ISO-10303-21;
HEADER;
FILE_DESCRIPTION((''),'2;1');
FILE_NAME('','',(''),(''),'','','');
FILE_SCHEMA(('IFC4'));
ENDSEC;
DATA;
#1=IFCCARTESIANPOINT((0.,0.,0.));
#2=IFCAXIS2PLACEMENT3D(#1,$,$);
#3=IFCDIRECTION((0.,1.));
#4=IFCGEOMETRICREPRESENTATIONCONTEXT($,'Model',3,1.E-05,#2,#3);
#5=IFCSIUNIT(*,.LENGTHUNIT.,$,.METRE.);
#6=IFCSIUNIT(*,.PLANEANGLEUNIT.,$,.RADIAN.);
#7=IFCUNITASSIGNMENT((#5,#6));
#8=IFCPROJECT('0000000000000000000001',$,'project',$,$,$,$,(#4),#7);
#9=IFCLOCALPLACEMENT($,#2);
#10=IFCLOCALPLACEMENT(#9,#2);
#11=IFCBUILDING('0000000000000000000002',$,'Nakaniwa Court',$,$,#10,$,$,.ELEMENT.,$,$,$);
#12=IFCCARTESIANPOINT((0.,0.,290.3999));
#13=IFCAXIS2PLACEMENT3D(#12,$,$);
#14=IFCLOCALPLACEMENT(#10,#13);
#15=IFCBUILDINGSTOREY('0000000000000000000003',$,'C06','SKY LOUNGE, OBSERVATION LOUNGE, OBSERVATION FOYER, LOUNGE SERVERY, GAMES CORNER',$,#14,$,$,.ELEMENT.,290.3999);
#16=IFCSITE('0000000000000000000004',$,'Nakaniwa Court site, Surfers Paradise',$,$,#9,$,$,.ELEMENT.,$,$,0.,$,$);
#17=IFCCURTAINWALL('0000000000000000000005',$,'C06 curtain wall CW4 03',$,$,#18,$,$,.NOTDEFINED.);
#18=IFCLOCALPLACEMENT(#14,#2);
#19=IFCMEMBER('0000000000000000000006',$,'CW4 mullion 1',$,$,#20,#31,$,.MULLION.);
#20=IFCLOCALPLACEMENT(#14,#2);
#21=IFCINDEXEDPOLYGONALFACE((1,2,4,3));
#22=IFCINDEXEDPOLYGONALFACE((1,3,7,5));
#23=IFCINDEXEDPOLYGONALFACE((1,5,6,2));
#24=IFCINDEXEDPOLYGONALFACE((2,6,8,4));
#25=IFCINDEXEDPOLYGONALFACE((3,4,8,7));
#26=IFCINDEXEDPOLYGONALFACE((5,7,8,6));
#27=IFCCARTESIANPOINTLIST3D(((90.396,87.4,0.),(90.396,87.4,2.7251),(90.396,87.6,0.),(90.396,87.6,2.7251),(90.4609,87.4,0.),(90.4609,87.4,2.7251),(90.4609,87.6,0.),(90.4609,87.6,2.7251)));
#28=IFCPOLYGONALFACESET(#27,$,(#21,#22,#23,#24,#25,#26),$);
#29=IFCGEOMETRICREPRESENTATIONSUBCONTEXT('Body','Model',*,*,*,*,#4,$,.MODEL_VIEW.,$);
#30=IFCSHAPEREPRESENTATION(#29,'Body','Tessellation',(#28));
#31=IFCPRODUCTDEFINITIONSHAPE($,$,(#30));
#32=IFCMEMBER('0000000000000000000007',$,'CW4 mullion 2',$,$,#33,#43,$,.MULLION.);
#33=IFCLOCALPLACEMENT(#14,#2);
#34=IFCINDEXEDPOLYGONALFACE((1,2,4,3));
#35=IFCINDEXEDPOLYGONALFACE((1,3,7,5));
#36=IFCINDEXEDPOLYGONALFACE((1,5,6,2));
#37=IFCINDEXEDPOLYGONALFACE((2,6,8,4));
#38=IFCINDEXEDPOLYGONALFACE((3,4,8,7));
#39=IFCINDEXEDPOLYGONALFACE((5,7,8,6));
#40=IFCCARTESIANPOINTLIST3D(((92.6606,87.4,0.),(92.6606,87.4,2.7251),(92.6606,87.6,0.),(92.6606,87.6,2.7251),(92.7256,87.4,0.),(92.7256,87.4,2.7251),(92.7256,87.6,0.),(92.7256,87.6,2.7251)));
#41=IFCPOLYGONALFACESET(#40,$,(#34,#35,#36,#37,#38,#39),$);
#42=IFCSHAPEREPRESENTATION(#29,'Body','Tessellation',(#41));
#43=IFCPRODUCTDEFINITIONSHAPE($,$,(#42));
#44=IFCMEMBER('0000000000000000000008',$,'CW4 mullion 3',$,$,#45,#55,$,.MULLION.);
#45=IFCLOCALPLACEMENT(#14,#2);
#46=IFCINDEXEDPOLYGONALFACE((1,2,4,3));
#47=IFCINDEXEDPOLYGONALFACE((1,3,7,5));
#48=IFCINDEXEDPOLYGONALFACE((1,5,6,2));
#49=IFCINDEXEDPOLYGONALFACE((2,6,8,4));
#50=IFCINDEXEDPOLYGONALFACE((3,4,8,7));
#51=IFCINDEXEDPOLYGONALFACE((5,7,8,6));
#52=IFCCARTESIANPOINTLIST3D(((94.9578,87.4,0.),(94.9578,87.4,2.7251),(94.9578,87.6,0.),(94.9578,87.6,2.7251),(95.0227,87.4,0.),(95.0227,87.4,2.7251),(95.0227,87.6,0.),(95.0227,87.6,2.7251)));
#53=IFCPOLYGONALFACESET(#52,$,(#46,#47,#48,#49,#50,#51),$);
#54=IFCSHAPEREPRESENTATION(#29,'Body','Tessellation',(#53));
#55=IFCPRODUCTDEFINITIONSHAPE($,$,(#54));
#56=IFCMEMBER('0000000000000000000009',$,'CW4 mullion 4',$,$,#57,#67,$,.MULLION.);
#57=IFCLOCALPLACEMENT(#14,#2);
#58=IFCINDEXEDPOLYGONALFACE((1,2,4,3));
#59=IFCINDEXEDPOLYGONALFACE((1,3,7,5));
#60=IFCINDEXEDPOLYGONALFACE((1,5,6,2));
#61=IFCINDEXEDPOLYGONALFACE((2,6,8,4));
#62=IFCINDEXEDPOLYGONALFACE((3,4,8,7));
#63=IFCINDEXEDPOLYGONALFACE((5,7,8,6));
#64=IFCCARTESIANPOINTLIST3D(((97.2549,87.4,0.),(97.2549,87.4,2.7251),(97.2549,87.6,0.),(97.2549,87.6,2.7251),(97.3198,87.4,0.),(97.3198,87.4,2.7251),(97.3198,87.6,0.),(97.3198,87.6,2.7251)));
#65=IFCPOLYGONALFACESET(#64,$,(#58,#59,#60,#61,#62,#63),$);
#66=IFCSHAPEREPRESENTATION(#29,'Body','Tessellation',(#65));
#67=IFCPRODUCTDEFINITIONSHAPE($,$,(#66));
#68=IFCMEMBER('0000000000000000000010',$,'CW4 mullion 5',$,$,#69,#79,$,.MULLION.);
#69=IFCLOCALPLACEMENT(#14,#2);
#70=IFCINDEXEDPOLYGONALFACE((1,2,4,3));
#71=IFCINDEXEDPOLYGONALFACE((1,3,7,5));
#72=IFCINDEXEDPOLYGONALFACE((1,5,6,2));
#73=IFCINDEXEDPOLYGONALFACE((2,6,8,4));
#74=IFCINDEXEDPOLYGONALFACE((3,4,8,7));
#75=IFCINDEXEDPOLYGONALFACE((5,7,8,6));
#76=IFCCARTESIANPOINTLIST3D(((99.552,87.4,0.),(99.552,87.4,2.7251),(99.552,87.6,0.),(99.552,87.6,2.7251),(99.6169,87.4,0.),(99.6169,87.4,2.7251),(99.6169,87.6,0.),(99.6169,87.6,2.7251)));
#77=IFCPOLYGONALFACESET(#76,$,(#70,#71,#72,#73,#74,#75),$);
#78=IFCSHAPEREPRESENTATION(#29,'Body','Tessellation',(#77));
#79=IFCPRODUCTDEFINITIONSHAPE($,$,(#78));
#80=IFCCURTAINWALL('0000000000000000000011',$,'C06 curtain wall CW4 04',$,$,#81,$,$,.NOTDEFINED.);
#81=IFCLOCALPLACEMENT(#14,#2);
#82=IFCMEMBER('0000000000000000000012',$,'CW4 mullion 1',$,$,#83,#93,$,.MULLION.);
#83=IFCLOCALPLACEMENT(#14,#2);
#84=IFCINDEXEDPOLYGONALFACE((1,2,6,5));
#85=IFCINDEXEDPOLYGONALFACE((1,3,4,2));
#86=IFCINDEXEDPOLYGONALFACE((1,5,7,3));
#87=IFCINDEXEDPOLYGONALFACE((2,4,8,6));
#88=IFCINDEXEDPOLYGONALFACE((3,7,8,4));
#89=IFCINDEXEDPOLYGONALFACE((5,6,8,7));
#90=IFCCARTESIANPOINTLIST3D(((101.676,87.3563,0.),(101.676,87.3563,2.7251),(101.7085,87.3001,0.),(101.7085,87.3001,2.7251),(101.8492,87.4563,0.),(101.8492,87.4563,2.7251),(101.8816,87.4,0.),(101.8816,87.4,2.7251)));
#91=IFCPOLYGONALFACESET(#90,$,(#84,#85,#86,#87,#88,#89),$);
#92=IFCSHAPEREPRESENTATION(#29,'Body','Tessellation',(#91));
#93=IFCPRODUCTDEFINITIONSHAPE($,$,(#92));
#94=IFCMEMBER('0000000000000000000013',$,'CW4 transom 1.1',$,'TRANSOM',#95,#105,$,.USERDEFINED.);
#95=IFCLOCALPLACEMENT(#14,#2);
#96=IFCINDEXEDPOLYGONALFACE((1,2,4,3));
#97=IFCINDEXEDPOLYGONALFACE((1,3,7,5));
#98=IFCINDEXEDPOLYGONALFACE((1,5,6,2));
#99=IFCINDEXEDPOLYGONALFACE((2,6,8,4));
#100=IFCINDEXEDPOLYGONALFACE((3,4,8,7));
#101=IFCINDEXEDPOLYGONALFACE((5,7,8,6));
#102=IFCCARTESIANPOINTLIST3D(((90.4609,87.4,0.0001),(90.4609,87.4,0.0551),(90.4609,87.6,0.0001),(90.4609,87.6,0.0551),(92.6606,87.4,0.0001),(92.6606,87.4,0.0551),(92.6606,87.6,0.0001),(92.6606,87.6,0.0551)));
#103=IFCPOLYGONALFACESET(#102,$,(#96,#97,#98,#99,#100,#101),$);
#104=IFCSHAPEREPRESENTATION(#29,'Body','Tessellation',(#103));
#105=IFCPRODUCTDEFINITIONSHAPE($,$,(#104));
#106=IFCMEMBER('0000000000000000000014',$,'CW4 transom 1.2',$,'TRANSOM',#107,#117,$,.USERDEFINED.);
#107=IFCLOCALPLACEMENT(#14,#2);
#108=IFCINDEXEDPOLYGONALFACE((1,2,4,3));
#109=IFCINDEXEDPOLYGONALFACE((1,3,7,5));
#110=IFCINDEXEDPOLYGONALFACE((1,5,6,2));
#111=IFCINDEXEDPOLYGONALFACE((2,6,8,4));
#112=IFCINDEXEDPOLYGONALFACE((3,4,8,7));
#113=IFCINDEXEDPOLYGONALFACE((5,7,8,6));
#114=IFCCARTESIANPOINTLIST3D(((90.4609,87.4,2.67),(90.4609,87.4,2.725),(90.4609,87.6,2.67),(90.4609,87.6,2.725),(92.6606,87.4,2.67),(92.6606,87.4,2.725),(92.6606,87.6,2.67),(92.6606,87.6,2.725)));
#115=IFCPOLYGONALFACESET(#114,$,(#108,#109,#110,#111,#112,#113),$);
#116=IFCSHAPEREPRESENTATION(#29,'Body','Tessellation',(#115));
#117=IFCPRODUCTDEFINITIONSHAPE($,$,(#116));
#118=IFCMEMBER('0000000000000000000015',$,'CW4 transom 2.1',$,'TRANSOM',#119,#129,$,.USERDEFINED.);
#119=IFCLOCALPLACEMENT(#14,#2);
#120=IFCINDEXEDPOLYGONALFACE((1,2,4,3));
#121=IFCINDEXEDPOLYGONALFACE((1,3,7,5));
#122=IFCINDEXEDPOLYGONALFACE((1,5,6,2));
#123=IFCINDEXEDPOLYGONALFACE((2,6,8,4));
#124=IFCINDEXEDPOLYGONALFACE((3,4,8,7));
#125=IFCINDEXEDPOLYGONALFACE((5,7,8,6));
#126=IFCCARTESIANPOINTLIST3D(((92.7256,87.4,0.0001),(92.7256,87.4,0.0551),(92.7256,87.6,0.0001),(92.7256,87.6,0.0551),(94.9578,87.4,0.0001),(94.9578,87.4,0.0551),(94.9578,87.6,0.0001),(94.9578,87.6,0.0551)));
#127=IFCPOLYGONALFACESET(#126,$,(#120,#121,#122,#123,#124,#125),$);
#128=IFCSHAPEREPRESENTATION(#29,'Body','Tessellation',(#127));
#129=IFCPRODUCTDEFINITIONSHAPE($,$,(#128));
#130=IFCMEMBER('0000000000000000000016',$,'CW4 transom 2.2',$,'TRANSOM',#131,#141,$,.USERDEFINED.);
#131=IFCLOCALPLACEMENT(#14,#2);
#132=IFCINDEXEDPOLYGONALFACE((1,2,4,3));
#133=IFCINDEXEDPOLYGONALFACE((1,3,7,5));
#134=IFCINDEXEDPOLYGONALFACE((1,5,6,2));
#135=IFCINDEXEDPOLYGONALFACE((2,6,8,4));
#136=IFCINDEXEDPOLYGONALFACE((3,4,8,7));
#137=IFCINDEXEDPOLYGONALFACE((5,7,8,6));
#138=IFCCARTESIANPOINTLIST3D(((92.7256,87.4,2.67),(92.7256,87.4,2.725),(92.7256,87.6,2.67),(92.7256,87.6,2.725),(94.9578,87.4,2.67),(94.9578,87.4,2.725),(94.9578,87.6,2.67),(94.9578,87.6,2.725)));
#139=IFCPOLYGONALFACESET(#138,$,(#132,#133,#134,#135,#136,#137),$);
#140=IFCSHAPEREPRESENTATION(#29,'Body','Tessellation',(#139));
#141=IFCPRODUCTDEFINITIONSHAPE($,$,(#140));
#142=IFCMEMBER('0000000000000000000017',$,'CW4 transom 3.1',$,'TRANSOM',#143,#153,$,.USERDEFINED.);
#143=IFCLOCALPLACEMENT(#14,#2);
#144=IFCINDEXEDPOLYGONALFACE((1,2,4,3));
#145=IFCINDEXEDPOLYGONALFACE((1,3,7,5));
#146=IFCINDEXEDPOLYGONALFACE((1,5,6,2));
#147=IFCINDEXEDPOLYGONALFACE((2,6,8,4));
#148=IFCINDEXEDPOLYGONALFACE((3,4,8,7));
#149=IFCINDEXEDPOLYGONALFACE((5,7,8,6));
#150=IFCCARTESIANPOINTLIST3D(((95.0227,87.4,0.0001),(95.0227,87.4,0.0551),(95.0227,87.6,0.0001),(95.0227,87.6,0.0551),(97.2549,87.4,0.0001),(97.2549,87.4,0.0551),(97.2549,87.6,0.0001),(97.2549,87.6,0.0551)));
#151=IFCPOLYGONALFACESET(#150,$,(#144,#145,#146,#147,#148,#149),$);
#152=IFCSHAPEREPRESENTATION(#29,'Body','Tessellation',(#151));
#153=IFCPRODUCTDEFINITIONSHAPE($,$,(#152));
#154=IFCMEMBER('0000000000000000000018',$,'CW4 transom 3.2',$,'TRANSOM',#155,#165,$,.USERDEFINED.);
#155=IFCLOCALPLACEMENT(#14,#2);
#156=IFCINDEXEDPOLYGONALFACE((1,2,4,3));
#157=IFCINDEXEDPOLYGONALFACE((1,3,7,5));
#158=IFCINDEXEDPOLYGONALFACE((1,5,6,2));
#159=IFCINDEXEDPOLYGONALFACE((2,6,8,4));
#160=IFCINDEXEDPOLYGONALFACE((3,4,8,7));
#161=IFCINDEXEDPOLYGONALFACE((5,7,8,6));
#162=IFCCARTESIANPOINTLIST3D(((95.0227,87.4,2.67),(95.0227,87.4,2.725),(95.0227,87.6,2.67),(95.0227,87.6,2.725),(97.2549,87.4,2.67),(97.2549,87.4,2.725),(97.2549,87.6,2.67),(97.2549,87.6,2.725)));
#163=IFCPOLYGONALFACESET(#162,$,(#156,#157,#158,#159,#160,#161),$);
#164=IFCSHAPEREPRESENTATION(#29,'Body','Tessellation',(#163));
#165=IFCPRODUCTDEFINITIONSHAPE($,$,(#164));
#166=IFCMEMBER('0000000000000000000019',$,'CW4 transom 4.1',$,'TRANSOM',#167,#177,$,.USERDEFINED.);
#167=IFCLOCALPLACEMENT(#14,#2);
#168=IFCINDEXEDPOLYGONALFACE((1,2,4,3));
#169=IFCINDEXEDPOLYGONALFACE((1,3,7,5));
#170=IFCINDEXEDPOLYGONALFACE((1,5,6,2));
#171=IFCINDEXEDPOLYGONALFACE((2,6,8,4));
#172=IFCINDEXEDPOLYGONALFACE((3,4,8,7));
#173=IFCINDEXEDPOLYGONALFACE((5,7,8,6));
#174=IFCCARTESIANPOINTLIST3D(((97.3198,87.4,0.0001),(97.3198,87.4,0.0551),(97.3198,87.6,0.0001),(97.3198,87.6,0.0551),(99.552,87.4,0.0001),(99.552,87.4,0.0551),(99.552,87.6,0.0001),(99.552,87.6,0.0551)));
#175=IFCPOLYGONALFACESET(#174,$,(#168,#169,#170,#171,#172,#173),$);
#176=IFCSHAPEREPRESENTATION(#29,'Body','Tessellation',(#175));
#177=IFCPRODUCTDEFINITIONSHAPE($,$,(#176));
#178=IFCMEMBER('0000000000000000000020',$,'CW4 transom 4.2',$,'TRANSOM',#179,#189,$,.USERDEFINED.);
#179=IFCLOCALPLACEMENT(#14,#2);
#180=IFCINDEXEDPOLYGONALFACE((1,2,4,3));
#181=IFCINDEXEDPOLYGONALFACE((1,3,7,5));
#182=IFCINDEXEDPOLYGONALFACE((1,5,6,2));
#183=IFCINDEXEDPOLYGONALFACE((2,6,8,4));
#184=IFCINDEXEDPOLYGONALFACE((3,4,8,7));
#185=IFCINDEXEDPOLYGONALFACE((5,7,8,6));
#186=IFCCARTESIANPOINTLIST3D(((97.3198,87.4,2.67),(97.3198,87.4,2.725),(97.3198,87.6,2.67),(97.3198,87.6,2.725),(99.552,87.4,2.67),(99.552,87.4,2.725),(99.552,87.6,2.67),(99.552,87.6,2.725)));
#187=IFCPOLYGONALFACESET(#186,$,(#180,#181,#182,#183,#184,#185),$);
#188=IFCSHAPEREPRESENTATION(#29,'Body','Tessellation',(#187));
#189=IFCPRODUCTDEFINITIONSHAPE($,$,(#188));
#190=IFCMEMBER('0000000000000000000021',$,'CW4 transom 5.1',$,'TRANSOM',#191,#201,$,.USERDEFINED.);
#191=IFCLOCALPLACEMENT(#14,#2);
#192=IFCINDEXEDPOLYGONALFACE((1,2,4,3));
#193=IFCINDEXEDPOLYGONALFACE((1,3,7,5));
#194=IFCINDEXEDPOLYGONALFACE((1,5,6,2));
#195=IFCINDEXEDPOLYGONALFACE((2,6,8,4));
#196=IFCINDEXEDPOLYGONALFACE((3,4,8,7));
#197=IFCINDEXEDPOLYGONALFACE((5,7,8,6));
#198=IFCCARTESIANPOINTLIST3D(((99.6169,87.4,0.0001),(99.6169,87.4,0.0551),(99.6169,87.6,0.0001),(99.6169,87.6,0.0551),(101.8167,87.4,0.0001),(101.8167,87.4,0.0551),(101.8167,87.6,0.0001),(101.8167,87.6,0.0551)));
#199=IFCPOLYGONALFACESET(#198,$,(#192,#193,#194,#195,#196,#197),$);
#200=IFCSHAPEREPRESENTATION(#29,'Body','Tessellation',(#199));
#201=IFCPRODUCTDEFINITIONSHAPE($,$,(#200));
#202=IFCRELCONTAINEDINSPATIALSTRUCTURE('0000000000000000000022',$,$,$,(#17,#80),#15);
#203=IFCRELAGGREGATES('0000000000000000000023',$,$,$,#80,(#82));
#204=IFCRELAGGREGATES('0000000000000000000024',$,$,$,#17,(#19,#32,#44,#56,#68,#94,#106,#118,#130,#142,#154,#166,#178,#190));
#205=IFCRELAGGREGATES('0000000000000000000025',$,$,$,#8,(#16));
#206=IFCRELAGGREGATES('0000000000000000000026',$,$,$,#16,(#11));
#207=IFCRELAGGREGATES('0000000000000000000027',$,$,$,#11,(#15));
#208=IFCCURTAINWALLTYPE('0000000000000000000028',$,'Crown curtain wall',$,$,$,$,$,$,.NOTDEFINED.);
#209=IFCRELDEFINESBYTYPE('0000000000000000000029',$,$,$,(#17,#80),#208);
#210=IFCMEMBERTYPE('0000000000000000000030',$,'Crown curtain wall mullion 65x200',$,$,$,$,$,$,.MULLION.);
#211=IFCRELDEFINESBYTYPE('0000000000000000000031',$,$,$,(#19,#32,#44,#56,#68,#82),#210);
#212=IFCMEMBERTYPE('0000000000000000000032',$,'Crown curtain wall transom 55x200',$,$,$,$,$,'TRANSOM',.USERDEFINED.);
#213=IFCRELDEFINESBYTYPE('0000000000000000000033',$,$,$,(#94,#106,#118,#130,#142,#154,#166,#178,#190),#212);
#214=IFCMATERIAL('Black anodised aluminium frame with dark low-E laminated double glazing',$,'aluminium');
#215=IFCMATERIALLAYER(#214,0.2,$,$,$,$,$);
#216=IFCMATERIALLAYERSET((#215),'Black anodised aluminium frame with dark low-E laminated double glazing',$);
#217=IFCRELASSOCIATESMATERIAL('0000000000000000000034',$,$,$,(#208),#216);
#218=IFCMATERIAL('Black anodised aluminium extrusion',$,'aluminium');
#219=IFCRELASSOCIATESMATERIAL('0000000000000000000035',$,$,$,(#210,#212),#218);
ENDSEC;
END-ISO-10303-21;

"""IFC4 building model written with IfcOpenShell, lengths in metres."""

from ifc_helpers import new_model, si_unit, direction, frame, origin, origin_2d, place, context, subcontext, project, spatial, rectangle, extrude, material, layer, layer_set, material_profile, profile_set, type_object, element, aggregate, save


model = new_model("IFC4")

# Units and contexts
model_context = context("Model", 3, precision=1e-05, world=origin(), true_north=direction((0.0, 1.0)))
body_context = subcontext(model_context, "Body", "Model", "MODEL_VIEW")
ifc_project = project(units=[si_unit("LENGTHUNIT", "METRE"), si_unit("PLANEANGLEUNIT", "RADIAN")], contexts=[model_context])

# Site, building, storey
site_placement = place(None, origin())
site = spatial("IfcSite", under=ifc_project, at=site_placement, Name="Nakaniwa Court site, Surfers Paradise", CompositionType="ELEMENT", RefElevation=0.0)
building_placement = place(site_placement, origin())
building = spatial("IfcBuilding", under=site, at=building_placement, Name="Nakaniwa Court", CompositionType="ELEMENT")
storey_placement = place(building_placement, frame((0.0, 0.0, 290.3999)))
storey = spatial("IfcBuildingStorey", under=building, at=storey_placement, Name="C06", Description="SKY LOUNGE, OBSERVATION LOUNGE, OBSERVATION FOYER, LOUNGE SERVERY, GAMES CORNER", CompositionType="ELEMENT", Elevation=290.3999)

# Curtain wall, members
ifc_material_1 = material(Name="Black anodised aluminium frame with dark low-E laminated double glazing", Category="aluminium")
ifc_layer_1 = layer(ifc_material_1, 0.2)
ifc_layer_set_1 = layer_set([ifc_layer_1], Name="Black anodised aluminium frame with dark low-E laminated double glazing")
curtain_wall_type = type_object("IfcCurtainWallType", Name="Crown curtain wall", PredefinedType="NOTDEFINED", material=ifc_layer_set_1)
curtain_wall_1_placement = place(storey_placement, origin())
curtain_wall_1 = element("IfcCurtainWall", 1, at=curtain_wall_1_placement, inside=storey, type_object=curtain_wall_type, Name="C06 curtain wall CW4 03", PredefinedType="NOTDEFINED")
ifc_material_2 = material(Name="Black anodised aluminium extrusion", Category="aluminium")
ifc_material_profile_1 = material_profile(ifc_material_2, rectangle(XDim=0.2, YDim=0.0649, at=origin_2d()), Name="Crown curtain wall mullion 65x200")
ifc_profile_set_1 = profile_set([ifc_material_profile_1], Name="Black anodised aluminium extrusion")
member_type_1 = type_object("IfcMemberType", Name="Crown curtain wall mullion 65x200", PredefinedType="MULLION", material=ifc_profile_set_1)
member_1_placement = place(storey_placement, frame((90.4285, 87.5, 0.0), z_axis=(0.0, 0.0, 1.0), x_axis=(0.0, 1.0, 0.0)))
member_1 = element("IfcMember", 2, at=member_1_placement, type_object=member_type_1, Name="CW4 mullion 1", PredefinedType="MULLION", context=body_context, shape_type="SweptSolid", body=[
    extrude(rectangle(XDim=0.2, YDim=0.0649, at=origin_2d()), origin(), (0.0, 0.0, 1.0), 2.7251),
])
member_2_placement = place(storey_placement, frame((92.6931, 87.5, 0.0), z_axis=(0.0, 0.0, 1.0), x_axis=(0.0, 1.0, 0.0)))
member_2 = element("IfcMember", 3, at=member_2_placement, type_object=member_type_1, Name="CW4 mullion 2", PredefinedType="MULLION", context=body_context, shape_type="SweptSolid", body=[
    extrude(rectangle(XDim=0.2, YDim=0.0649, at=origin_2d()), origin(), (0.0, 0.0, 1.0), 2.7251),
])
member_3_placement = place(storey_placement, frame((94.9902, 87.5, 0.0), z_axis=(0.0, 0.0, 1.0), x_axis=(0.0, 1.0, 0.0)))
member_3 = element("IfcMember", 4, at=member_3_placement, type_object=member_type_1, Name="CW4 mullion 3", PredefinedType="MULLION", context=body_context, shape_type="SweptSolid", body=[
    extrude(rectangle(XDim=0.2, YDim=0.0649, at=origin_2d()), origin(), (0.0, 0.0, 1.0), 2.7251),
])
member_4_placement = place(storey_placement, frame((97.2874, 87.5, 0.0), z_axis=(0.0, 0.0, 1.0), x_axis=(0.0, 1.0, 0.0)))
member_4 = element("IfcMember", 5, at=member_4_placement, type_object=member_type_1, Name="CW4 mullion 4", PredefinedType="MULLION", context=body_context, shape_type="SweptSolid", body=[
    extrude(rectangle(XDim=0.2, YDim=0.0649, at=origin_2d()), origin(), (0.0, 0.0, 1.0), 2.7251),
])
member_5_placement = place(storey_placement, frame((99.5845, 87.5, 0.0), z_axis=(0.0, 0.0, 1.0), x_axis=(0.0, 1.0, 0.0)))
member_5 = element("IfcMember", 6, at=member_5_placement, type_object=member_type_1, Name="CW4 mullion 5", PredefinedType="MULLION", context=body_context, shape_type="SweptSolid", body=[
    extrude(rectangle(XDim=0.2, YDim=0.0649, at=origin_2d()), origin(), (0.0, 0.0, 1.0), 2.7251),
])

# Curtain wall, member
curtain_wall_2_placement = place(storey_placement, origin())
curtain_wall_2 = element("IfcCurtainWall", 7, at=curtain_wall_2_placement, inside=storey, type_object=curtain_wall_type, Name="C06 curtain wall CW4 04", PredefinedType="NOTDEFINED")
member_6_placement = place(storey_placement, frame((101.7788, 87.3782, 0.0), z_axis=(0.0, 0.0, 1.0), x_axis=(-0.866021, -0.500008, 0.0)))
member_6 = element("IfcMember", 8, at=member_6_placement, type_object=member_type_1, Name="CW4 mullion 1", PredefinedType="MULLION", context=body_context, shape_type="SweptSolid", body=[
    extrude(rectangle(XDim=0.2, YDim=0.0649, at=origin_2d()), origin(), (0.0, 0.0, 1.0), 2.7251),
])

# Members
ifc_material_profile_2 = material_profile(ifc_material_2, rectangle(XDim=0.2, YDim=0.0549, at=origin_2d()), Name="Crown curtain wall transom 55x200")
ifc_profile_set_2 = profile_set([ifc_material_profile_2], Name="Black anodised aluminium extrusion")
member_type_2 = type_object("IfcMemberType", Name="Crown curtain wall transom 55x200", ElementType="TRANSOM", PredefinedType="USERDEFINED", material=ifc_profile_set_2)
member_7_placement = place(storey_placement, frame((90.4609, 87.5, 0.0276), z_axis=(1.0, 0.0, 0.0), x_axis=(0.0, 1.0, 0.0)))
member_7 = element("IfcMember", 9, at=member_7_placement, type_object=member_type_2, Name="CW4 transom 1.1", ObjectType="TRANSOM", PredefinedType="USERDEFINED", context=body_context, shape_type="SweptSolid", body=[
    extrude(rectangle(XDim=0.2, YDim=0.0549, at=origin_2d()), origin(), (0.0, 0.0, 1.0), 2.1997),
])
member_8_placement = place(storey_placement, frame((90.4609, 87.5, 2.6975), z_axis=(1.0, 0.0, 0.0), x_axis=(0.0, 1.0, 0.0)))
member_8 = element("IfcMember", 10, at=member_8_placement, type_object=member_type_2, Name="CW4 transom 1.2", ObjectType="TRANSOM", PredefinedType="USERDEFINED", context=body_context, shape_type="SweptSolid", body=[
    extrude(rectangle(XDim=0.2, YDim=0.0549, at=origin_2d()), origin(), (0.0, 0.0, 1.0), 2.1997),
])
member_9_placement = place(storey_placement, frame((92.7256, 87.5, 0.0276), z_axis=(1.0, 0.0, 0.0), x_axis=(0.0, 1.0, 0.0)))
member_9 = element("IfcMember", 11, at=member_9_placement, type_object=member_type_2, Name="CW4 transom 2.1", ObjectType="TRANSOM", PredefinedType="USERDEFINED", context=body_context, shape_type="SweptSolid", body=[
    extrude(rectangle(XDim=0.2, YDim=0.0549, at=origin_2d()), origin(), (0.0, 0.0, 1.0), 2.2322),
])
member_10_placement = place(storey_placement, frame((92.7256, 87.5, 2.6975), z_axis=(1.0, 0.0, 0.0), x_axis=(0.0, 1.0, 0.0)))
member_10 = element("IfcMember", 12, at=member_10_placement, type_object=member_type_2, Name="CW4 transom 2.2", ObjectType="TRANSOM", PredefinedType="USERDEFINED", context=body_context, shape_type="SweptSolid", body=[
    extrude(rectangle(XDim=0.2, YDim=0.0549, at=origin_2d()), origin(), (0.0, 0.0, 1.0), 2.2322),
])
member_11_placement = place(storey_placement, frame((95.0227, 87.5, 0.0276), z_axis=(1.0, 0.0, 0.0), x_axis=(0.0, 1.0, 0.0)))
member_11 = element("IfcMember", 13, at=member_11_placement, type_object=member_type_2, Name="CW4 transom 3.1", ObjectType="TRANSOM", PredefinedType="USERDEFINED", context=body_context, shape_type="SweptSolid", body=[
    extrude(rectangle(XDim=0.2, YDim=0.0549, at=origin_2d()), origin(), (0.0, 0.0, 1.0), 2.2322),
])
member_12_placement = place(storey_placement, frame((95.0227, 87.5, 2.6975), z_axis=(1.0, 0.0, 0.0), x_axis=(0.0, 1.0, 0.0)))
member_12 = element("IfcMember", 14, at=member_12_placement, type_object=member_type_2, Name="CW4 transom 3.2", ObjectType="TRANSOM", PredefinedType="USERDEFINED", context=body_context, shape_type="SweptSolid", body=[
    extrude(rectangle(XDim=0.2, YDim=0.0549, at=origin_2d()), origin(), (0.0, 0.0, 1.0), 2.2322),
])
member_13_placement = place(storey_placement, frame((97.3198, 87.5, 0.0276), z_axis=(1.0, 0.0, 0.0), x_axis=(0.0, 1.0, 0.0)))
member_13 = element("IfcMember", 15, at=member_13_placement, type_object=member_type_2, Name="CW4 transom 4.1", ObjectType="TRANSOM", PredefinedType="USERDEFINED", context=body_context, shape_type="SweptSolid", body=[
    extrude(rectangle(XDim=0.2, YDim=0.0549, at=origin_2d()), origin(), (0.0, 0.0, 1.0), 2.2322),
])
member_14_placement = place(storey_placement, frame((97.3198, 87.5, 2.6975), z_axis=(1.0, 0.0, 0.0), x_axis=(0.0, 1.0, 0.0)))
member_14 = element("IfcMember", 16, at=member_14_placement, type_object=member_type_2, Name="CW4 transom 4.2", ObjectType="TRANSOM", PredefinedType="USERDEFINED", context=body_context, shape_type="SweptSolid", body=[
    extrude(rectangle(XDim=0.2, YDim=0.0549, at=origin_2d()), origin(), (0.0, 0.0, 1.0), 2.2322),
])
member_15_placement = place(storey_placement, frame((99.6169, 87.5, 0.0276), z_axis=(1.0, 0.0, 0.0), x_axis=(0.0, 1.0, 0.0)))
member_15 = element("IfcMember", 17, at=member_15_placement, type_object=member_type_2, Name="CW4 transom 5.1", ObjectType="TRANSOM", PredefinedType="USERDEFINED", context=body_context, shape_type="SweptSolid", body=[
    extrude(rectangle(XDim=0.2, YDim=0.0549, at=origin_2d()), origin(), (0.0, 0.0, 1.0), 2.1997),
])
aggregate(curtain_wall_2, [member_6])

aggregate(curtain_wall_1, [member_1, member_2, member_3, member_4, member_5, member_7, member_8, member_9, member_10, member_11, member_12, member_13, member_14, member_15])

save(model, "model.ifc")
